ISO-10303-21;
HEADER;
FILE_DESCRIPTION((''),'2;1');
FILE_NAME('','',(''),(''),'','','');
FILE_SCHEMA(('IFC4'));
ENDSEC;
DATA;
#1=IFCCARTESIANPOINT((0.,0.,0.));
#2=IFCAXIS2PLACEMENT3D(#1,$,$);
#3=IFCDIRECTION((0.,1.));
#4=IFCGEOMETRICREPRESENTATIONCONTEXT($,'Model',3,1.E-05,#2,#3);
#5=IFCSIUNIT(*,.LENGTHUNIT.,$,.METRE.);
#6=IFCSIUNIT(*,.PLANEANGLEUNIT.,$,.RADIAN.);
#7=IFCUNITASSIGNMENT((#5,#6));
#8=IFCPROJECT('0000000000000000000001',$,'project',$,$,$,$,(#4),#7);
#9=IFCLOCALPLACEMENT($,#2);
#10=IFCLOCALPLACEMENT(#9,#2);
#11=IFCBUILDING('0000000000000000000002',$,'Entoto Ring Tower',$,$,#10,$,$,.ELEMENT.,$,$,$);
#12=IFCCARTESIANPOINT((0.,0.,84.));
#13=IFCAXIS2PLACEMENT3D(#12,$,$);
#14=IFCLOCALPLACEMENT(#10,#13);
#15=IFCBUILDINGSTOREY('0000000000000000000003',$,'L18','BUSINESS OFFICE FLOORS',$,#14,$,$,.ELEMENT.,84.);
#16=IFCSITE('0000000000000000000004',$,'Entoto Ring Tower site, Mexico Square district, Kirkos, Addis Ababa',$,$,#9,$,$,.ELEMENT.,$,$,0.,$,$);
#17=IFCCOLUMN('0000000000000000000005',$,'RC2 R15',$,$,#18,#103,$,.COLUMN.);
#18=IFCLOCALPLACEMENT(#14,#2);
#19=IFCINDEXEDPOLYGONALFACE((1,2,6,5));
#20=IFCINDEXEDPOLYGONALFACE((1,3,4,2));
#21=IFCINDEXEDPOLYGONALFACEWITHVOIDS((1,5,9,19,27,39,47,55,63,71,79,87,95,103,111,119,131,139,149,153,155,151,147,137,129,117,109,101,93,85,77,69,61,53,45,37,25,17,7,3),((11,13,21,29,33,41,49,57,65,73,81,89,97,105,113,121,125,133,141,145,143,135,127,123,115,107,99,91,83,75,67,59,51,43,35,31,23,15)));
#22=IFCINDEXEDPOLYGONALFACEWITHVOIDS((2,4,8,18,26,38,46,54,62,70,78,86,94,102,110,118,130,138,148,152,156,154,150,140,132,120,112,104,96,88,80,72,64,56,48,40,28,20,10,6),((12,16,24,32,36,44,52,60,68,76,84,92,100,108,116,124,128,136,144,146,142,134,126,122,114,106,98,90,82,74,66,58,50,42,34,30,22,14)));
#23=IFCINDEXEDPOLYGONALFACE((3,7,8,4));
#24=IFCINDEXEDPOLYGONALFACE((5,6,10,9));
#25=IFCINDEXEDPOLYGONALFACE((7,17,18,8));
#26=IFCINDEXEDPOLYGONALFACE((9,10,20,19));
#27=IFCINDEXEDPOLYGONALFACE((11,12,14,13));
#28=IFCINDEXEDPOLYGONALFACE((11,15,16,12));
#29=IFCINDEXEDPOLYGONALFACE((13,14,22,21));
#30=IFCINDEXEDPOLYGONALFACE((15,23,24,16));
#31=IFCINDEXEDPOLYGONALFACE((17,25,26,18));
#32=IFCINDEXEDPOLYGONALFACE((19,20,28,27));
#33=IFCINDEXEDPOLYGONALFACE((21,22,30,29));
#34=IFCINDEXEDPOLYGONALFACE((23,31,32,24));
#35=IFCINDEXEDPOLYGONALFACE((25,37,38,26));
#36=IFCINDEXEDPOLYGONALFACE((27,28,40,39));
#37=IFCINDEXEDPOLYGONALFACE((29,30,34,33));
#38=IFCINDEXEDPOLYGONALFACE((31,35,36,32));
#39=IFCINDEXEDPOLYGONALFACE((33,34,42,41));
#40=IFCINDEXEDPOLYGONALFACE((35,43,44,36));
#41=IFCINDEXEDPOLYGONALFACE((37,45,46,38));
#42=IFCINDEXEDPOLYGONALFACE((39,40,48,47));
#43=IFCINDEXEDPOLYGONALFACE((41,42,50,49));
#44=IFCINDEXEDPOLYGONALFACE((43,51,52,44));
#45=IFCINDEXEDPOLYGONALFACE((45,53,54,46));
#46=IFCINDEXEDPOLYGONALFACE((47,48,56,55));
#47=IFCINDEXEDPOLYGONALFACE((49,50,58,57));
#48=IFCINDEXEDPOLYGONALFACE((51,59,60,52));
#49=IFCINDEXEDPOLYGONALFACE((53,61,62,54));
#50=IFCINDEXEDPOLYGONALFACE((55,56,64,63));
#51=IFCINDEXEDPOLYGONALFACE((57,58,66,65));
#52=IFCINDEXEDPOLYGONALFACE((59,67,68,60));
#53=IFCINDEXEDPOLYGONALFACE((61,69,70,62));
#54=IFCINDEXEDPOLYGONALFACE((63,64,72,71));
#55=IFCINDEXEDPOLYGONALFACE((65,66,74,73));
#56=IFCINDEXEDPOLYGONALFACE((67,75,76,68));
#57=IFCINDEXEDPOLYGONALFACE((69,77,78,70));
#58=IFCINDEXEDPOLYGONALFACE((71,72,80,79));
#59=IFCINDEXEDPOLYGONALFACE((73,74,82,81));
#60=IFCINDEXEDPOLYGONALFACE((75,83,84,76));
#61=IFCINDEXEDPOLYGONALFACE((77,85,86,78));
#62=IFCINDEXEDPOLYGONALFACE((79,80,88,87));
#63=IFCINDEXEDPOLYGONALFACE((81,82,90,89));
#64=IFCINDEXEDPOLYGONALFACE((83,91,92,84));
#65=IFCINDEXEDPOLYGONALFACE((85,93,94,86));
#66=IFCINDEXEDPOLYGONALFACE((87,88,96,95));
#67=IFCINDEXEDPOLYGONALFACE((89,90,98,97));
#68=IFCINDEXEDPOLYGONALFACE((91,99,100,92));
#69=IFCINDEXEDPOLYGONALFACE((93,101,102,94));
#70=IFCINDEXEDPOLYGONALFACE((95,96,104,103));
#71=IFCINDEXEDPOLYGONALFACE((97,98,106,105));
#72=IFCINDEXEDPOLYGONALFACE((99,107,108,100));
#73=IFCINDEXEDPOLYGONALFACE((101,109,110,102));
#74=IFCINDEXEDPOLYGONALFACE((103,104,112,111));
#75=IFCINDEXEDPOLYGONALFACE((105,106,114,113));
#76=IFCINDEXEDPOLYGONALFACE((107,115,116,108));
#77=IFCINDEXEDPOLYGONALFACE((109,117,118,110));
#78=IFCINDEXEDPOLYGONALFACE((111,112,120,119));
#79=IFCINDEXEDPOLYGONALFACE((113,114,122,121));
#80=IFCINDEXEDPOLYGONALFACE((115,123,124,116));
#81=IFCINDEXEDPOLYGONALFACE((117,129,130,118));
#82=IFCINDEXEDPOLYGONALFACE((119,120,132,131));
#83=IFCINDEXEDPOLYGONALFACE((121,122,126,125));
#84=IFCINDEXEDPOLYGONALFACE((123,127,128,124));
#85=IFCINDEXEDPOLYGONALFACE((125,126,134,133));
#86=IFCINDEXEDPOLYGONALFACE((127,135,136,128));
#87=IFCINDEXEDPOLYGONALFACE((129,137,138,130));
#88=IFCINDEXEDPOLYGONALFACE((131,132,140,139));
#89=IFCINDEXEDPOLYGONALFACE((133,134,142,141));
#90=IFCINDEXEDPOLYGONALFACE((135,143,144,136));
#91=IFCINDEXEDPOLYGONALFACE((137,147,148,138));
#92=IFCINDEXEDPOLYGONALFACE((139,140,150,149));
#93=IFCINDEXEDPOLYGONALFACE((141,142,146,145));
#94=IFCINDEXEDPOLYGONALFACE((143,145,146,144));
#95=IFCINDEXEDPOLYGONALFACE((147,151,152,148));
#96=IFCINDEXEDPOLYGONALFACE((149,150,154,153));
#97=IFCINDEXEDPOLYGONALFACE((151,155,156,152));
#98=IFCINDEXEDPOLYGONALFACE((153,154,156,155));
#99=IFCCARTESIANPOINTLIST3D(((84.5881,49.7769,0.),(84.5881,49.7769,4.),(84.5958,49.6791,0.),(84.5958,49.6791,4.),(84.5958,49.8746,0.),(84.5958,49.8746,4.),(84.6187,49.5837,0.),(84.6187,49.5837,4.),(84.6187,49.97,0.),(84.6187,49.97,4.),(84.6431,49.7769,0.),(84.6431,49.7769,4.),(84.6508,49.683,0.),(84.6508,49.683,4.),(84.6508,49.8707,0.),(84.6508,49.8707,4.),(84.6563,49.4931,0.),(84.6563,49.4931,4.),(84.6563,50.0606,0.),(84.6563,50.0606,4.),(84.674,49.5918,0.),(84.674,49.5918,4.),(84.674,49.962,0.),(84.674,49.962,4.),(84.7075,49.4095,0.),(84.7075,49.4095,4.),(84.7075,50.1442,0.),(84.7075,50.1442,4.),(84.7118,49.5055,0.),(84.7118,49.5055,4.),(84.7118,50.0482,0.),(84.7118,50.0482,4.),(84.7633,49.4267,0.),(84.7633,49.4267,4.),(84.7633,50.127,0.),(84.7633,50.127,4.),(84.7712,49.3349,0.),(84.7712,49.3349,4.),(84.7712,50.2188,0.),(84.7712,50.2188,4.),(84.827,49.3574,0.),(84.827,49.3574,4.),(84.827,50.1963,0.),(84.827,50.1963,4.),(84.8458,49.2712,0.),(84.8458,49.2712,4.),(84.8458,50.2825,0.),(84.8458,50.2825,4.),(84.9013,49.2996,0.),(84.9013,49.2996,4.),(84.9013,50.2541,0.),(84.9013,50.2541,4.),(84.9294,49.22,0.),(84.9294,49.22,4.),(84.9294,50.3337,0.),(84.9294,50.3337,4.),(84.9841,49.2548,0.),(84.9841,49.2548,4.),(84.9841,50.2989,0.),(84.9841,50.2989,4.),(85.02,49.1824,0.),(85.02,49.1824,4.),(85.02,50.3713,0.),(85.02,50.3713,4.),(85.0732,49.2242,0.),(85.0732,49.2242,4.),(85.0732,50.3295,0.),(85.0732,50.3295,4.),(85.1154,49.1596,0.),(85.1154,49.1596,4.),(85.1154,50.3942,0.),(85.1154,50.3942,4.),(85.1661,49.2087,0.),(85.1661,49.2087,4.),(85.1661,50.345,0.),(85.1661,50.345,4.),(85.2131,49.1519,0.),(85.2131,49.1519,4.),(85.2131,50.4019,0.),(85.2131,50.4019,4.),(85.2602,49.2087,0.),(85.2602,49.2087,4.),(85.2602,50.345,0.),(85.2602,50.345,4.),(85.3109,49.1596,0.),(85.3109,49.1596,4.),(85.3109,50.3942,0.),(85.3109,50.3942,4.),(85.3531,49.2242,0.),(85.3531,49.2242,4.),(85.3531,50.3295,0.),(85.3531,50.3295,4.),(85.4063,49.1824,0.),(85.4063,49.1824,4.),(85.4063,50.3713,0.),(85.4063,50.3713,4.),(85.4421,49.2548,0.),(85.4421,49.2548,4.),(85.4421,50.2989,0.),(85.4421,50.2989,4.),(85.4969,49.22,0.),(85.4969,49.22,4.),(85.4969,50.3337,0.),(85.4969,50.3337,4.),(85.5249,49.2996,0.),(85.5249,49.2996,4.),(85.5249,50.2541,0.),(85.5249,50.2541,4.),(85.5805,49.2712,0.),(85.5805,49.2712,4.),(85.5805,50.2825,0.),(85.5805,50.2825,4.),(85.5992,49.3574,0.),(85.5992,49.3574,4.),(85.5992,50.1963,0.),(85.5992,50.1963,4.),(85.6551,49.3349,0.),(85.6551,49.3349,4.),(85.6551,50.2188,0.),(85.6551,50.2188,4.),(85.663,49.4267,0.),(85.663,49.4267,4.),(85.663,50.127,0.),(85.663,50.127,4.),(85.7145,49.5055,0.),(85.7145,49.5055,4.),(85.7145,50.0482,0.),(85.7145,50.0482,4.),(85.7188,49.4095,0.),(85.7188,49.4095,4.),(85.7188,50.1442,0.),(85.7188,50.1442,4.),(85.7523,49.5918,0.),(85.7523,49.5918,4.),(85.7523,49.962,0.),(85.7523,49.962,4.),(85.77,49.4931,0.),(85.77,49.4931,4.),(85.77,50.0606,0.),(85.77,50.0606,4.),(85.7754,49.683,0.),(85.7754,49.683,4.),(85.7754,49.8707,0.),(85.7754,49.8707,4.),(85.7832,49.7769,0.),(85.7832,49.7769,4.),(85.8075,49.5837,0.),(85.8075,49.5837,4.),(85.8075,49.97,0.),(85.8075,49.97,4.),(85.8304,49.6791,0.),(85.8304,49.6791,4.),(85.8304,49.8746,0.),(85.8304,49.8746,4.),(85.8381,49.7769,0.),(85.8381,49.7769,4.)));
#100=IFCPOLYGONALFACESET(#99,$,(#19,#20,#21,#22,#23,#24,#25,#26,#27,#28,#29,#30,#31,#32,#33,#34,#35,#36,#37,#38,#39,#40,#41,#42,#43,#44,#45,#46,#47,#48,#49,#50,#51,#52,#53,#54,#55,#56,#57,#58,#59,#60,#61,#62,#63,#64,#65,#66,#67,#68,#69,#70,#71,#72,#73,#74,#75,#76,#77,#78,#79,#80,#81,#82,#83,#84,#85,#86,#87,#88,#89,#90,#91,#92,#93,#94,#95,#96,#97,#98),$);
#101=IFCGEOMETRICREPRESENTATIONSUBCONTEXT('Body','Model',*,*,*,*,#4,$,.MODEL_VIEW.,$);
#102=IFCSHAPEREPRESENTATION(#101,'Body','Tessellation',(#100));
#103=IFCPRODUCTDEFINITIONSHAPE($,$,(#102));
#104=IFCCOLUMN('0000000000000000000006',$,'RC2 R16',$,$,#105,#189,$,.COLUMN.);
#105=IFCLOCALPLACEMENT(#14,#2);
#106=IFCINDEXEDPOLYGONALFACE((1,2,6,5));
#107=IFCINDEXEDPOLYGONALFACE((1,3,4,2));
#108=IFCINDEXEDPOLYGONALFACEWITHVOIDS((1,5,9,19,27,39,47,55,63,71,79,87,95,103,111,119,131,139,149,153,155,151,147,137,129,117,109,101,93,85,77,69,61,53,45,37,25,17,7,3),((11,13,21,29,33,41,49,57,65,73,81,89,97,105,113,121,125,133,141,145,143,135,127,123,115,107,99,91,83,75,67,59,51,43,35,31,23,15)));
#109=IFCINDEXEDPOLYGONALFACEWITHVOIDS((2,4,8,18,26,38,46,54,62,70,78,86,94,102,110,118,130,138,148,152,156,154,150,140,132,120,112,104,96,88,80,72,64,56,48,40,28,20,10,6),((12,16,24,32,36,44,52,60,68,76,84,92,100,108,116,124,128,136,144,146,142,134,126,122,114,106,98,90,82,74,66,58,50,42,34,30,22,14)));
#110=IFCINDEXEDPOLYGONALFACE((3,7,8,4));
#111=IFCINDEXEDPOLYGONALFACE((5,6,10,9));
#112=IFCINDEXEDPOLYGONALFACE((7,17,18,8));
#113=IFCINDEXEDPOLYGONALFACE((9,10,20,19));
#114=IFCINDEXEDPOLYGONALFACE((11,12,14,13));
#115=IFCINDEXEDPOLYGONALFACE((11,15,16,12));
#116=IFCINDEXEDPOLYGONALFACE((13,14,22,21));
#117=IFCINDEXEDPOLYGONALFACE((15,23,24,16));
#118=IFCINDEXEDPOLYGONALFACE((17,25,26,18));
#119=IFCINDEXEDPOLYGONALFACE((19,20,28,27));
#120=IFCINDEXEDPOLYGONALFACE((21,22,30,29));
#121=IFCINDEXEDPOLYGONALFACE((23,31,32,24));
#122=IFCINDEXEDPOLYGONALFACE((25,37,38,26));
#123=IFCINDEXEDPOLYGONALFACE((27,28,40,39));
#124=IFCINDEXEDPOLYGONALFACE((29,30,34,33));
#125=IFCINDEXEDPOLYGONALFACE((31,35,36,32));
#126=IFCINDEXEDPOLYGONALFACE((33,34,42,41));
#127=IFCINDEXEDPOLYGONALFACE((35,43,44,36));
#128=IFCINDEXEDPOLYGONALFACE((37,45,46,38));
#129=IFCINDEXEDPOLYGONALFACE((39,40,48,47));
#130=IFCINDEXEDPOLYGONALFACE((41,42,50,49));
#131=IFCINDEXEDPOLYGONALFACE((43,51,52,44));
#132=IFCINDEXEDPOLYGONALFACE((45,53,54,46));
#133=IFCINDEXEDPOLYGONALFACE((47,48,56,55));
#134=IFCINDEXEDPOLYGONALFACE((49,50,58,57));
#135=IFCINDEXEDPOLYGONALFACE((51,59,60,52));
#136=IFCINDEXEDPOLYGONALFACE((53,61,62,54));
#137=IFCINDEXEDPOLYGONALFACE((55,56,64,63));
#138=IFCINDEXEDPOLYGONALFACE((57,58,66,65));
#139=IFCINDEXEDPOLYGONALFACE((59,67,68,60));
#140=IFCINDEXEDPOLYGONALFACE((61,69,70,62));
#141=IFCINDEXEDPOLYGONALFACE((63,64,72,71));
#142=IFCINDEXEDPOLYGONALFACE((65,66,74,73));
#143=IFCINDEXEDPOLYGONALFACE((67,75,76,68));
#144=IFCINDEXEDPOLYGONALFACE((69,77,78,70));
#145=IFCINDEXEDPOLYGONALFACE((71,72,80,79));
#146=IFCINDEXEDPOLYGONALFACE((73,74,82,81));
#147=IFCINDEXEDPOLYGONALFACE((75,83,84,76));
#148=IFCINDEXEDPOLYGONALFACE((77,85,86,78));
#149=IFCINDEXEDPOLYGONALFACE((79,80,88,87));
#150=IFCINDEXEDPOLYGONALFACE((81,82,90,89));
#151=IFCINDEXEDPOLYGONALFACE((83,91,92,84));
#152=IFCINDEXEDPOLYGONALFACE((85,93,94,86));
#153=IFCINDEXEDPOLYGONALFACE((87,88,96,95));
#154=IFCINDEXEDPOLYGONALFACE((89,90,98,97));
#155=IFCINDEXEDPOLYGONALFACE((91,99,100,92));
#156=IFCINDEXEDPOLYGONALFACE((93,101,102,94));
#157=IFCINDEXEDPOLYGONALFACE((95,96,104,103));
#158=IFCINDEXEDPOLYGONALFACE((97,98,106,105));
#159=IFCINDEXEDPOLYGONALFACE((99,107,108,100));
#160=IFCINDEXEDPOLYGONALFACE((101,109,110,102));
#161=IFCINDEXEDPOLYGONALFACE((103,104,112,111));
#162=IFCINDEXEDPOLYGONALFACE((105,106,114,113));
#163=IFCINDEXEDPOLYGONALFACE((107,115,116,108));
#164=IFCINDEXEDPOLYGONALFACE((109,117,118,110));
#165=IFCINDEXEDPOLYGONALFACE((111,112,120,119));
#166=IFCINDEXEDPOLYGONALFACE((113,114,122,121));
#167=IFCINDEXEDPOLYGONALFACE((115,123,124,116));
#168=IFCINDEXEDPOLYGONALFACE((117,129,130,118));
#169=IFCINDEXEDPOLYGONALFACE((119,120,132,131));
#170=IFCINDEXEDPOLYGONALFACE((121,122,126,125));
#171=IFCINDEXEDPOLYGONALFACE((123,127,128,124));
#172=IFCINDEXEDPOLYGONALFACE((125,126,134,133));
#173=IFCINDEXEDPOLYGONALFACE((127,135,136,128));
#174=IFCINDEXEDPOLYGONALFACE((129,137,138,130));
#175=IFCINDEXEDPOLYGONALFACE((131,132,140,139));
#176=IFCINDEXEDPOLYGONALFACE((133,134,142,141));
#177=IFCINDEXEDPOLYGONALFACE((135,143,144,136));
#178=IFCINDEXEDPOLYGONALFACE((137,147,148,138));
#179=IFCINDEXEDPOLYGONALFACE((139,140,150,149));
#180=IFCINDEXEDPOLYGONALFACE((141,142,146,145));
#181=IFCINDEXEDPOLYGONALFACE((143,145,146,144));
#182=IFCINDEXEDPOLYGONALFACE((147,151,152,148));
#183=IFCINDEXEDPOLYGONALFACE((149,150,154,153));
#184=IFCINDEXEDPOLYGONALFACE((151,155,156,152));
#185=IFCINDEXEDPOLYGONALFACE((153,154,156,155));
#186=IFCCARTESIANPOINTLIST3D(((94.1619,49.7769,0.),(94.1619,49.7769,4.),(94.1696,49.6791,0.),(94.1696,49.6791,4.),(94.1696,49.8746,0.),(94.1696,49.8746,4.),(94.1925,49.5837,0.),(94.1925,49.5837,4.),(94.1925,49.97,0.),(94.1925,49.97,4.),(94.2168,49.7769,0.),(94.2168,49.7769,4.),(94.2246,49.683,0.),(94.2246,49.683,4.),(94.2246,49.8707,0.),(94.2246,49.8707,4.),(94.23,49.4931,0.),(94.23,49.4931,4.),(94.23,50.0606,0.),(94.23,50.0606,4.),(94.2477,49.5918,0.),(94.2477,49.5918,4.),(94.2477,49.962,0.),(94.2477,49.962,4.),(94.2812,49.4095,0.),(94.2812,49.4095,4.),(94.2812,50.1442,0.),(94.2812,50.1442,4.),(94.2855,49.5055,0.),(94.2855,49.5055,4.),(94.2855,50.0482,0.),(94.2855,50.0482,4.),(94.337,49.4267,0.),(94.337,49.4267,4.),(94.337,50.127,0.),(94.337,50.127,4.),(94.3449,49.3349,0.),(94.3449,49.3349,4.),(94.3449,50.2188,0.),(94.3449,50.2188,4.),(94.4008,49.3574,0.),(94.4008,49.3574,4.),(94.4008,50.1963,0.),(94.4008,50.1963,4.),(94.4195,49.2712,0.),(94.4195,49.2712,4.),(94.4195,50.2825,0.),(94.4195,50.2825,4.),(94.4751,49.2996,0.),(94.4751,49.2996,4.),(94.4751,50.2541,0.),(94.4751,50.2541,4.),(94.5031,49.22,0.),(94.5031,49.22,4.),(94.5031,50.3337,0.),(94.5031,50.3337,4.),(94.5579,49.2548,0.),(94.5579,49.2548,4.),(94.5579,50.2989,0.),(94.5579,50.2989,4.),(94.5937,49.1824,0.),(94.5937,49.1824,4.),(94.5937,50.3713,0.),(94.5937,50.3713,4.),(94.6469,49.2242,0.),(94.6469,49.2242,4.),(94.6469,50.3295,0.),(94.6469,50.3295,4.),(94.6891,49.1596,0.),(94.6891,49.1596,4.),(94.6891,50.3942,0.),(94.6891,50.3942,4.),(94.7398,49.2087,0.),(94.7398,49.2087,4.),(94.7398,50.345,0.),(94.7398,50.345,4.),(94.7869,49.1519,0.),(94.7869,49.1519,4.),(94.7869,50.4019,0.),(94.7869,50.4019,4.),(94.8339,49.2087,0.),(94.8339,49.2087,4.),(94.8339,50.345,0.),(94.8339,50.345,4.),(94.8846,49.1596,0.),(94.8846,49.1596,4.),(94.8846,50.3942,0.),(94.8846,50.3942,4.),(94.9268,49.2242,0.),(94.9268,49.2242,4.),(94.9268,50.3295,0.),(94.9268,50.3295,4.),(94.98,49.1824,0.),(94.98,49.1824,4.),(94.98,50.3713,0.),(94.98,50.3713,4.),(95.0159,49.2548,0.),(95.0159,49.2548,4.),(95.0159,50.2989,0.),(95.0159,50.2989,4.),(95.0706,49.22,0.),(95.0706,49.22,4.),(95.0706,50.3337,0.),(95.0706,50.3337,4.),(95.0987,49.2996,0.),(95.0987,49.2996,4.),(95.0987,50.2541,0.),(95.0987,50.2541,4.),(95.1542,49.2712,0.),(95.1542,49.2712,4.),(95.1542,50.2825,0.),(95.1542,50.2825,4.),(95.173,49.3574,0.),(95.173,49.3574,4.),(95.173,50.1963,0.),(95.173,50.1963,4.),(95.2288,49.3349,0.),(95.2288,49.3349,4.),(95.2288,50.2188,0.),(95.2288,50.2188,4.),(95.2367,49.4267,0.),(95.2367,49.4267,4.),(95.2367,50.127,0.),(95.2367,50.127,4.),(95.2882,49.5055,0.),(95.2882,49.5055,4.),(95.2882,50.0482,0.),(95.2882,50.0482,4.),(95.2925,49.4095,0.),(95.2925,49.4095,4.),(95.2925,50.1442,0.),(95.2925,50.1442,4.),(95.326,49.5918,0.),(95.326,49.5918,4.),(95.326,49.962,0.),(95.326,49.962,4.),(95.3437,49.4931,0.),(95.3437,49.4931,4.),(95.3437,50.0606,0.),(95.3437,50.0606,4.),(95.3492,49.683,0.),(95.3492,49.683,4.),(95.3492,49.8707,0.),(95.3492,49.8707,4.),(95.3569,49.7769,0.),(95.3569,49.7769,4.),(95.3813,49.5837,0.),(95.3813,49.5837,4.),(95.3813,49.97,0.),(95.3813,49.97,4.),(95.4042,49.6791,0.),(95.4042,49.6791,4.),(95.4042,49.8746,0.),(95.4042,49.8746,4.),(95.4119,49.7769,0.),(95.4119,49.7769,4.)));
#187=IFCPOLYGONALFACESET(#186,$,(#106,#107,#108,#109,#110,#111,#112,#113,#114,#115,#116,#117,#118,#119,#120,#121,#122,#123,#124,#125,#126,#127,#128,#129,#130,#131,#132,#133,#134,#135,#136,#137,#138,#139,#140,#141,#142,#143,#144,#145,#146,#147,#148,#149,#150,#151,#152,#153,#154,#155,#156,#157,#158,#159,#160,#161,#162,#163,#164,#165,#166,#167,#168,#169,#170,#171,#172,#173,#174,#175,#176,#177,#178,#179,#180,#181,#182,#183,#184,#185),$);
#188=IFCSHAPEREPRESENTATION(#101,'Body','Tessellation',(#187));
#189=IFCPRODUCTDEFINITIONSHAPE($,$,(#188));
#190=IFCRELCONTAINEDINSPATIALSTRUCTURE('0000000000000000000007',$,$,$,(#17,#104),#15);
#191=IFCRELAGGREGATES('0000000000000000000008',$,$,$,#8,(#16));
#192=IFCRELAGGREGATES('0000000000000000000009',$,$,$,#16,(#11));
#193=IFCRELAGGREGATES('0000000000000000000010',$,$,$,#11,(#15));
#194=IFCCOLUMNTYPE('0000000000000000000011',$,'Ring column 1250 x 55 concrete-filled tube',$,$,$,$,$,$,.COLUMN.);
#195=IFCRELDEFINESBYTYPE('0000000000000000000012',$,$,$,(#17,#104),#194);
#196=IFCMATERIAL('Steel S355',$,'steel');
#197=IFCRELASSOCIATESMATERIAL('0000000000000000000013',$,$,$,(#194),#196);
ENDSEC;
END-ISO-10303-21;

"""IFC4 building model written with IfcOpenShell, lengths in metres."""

from ifc_helpers import new_model, si_unit, direction, frame, origin, origin_2d, place, context, subcontext, project, spatial, circle, hollow_circle, extrude, material, material_profile, profile_set, type_object, element, save


model = new_model("IFC4")

# Units and contexts
model_context = context("Model", 3, precision=1e-05, world=origin(), true_north=direction((0.0, 1.0)))
body_context = subcontext(model_context, "Body", "Model", "MODEL_VIEW")
ifc_project = project(units=[si_unit("LENGTHUNIT", "METRE"), si_unit("PLANEANGLEUNIT", "RADIAN")], contexts=[model_context])

# Site, building, storey
site_placement = place(None, origin())
site = spatial("IfcSite", under=ifc_project, at=site_placement, Name="Entoto Ring Tower site, Mexico Square district, Kirkos, Addis Ababa", CompositionType="ELEMENT", RefElevation=0.0)
building_placement = place(site_placement, origin())
building = spatial("IfcBuilding", under=site, at=building_placement, Name="Entoto Ring Tower", CompositionType="ELEMENT")
storey_placement = place(building_placement, frame((0.0, 0.0, 84.0)))
storey = spatial("IfcBuildingStorey", under=building, at=storey_placement, Name="L18", Description="BUSINESS OFFICE FLOORS", CompositionType="ELEMENT", Elevation=84.0)

# Columns
ifc_material_1 = material(Name="Steel S355", Category="steel")
ifc_material_profile_1 = material_profile(ifc_material_1, hollow_circle(Radius=0.625, WallThickness=0.0549, at=origin_2d()), Name="CHS 1250 x 55")
ifc_material_2 = material(Name="Concrete C60/75", Category="concrete")
ifc_material_profile_2 = material_profile(ifc_material_2, circle(Radius=0.5701, at=origin_2d()), Name="Concrete C60/75 infill")
ifc_profile_set_1 = profile_set([ifc_material_profile_1, ifc_material_profile_2], Name="Steel S355")
column_type = type_object("IfcColumnType", Name="Ring column 1250 x 55 concrete-filled tube", PredefinedType="COLUMN", material=ifc_profile_set_1)
for number, where, z_axis, x_axis, name in (
    (1, (85.2131, 49.7769, 0.0), (0.0, 0.0, 1.0), (1.0, 0.0, 0.0), "RC2 R15"),
    (2, (94.7869, 49.7769, 0.0), (0.0, 0.0, 1.0), (1.0, 0.0, 0.0), "RC2 R16"),
):
    element("IfcColumn", number, at=place(storey_placement, frame(where, z_axis=z_axis, x_axis=x_axis)), inside=storey, type_object=column_type, Name=name, PredefinedType="COLUMN", context=body_context, shape_type="SweptSolid", body=[
        extrude(hollow_circle(Radius=0.625, WallThickness=0.0549, at=origin_2d()), origin(), (0.0, 0.0, 1.0), 4.0),
    ])

save(model, "model.ifc")
